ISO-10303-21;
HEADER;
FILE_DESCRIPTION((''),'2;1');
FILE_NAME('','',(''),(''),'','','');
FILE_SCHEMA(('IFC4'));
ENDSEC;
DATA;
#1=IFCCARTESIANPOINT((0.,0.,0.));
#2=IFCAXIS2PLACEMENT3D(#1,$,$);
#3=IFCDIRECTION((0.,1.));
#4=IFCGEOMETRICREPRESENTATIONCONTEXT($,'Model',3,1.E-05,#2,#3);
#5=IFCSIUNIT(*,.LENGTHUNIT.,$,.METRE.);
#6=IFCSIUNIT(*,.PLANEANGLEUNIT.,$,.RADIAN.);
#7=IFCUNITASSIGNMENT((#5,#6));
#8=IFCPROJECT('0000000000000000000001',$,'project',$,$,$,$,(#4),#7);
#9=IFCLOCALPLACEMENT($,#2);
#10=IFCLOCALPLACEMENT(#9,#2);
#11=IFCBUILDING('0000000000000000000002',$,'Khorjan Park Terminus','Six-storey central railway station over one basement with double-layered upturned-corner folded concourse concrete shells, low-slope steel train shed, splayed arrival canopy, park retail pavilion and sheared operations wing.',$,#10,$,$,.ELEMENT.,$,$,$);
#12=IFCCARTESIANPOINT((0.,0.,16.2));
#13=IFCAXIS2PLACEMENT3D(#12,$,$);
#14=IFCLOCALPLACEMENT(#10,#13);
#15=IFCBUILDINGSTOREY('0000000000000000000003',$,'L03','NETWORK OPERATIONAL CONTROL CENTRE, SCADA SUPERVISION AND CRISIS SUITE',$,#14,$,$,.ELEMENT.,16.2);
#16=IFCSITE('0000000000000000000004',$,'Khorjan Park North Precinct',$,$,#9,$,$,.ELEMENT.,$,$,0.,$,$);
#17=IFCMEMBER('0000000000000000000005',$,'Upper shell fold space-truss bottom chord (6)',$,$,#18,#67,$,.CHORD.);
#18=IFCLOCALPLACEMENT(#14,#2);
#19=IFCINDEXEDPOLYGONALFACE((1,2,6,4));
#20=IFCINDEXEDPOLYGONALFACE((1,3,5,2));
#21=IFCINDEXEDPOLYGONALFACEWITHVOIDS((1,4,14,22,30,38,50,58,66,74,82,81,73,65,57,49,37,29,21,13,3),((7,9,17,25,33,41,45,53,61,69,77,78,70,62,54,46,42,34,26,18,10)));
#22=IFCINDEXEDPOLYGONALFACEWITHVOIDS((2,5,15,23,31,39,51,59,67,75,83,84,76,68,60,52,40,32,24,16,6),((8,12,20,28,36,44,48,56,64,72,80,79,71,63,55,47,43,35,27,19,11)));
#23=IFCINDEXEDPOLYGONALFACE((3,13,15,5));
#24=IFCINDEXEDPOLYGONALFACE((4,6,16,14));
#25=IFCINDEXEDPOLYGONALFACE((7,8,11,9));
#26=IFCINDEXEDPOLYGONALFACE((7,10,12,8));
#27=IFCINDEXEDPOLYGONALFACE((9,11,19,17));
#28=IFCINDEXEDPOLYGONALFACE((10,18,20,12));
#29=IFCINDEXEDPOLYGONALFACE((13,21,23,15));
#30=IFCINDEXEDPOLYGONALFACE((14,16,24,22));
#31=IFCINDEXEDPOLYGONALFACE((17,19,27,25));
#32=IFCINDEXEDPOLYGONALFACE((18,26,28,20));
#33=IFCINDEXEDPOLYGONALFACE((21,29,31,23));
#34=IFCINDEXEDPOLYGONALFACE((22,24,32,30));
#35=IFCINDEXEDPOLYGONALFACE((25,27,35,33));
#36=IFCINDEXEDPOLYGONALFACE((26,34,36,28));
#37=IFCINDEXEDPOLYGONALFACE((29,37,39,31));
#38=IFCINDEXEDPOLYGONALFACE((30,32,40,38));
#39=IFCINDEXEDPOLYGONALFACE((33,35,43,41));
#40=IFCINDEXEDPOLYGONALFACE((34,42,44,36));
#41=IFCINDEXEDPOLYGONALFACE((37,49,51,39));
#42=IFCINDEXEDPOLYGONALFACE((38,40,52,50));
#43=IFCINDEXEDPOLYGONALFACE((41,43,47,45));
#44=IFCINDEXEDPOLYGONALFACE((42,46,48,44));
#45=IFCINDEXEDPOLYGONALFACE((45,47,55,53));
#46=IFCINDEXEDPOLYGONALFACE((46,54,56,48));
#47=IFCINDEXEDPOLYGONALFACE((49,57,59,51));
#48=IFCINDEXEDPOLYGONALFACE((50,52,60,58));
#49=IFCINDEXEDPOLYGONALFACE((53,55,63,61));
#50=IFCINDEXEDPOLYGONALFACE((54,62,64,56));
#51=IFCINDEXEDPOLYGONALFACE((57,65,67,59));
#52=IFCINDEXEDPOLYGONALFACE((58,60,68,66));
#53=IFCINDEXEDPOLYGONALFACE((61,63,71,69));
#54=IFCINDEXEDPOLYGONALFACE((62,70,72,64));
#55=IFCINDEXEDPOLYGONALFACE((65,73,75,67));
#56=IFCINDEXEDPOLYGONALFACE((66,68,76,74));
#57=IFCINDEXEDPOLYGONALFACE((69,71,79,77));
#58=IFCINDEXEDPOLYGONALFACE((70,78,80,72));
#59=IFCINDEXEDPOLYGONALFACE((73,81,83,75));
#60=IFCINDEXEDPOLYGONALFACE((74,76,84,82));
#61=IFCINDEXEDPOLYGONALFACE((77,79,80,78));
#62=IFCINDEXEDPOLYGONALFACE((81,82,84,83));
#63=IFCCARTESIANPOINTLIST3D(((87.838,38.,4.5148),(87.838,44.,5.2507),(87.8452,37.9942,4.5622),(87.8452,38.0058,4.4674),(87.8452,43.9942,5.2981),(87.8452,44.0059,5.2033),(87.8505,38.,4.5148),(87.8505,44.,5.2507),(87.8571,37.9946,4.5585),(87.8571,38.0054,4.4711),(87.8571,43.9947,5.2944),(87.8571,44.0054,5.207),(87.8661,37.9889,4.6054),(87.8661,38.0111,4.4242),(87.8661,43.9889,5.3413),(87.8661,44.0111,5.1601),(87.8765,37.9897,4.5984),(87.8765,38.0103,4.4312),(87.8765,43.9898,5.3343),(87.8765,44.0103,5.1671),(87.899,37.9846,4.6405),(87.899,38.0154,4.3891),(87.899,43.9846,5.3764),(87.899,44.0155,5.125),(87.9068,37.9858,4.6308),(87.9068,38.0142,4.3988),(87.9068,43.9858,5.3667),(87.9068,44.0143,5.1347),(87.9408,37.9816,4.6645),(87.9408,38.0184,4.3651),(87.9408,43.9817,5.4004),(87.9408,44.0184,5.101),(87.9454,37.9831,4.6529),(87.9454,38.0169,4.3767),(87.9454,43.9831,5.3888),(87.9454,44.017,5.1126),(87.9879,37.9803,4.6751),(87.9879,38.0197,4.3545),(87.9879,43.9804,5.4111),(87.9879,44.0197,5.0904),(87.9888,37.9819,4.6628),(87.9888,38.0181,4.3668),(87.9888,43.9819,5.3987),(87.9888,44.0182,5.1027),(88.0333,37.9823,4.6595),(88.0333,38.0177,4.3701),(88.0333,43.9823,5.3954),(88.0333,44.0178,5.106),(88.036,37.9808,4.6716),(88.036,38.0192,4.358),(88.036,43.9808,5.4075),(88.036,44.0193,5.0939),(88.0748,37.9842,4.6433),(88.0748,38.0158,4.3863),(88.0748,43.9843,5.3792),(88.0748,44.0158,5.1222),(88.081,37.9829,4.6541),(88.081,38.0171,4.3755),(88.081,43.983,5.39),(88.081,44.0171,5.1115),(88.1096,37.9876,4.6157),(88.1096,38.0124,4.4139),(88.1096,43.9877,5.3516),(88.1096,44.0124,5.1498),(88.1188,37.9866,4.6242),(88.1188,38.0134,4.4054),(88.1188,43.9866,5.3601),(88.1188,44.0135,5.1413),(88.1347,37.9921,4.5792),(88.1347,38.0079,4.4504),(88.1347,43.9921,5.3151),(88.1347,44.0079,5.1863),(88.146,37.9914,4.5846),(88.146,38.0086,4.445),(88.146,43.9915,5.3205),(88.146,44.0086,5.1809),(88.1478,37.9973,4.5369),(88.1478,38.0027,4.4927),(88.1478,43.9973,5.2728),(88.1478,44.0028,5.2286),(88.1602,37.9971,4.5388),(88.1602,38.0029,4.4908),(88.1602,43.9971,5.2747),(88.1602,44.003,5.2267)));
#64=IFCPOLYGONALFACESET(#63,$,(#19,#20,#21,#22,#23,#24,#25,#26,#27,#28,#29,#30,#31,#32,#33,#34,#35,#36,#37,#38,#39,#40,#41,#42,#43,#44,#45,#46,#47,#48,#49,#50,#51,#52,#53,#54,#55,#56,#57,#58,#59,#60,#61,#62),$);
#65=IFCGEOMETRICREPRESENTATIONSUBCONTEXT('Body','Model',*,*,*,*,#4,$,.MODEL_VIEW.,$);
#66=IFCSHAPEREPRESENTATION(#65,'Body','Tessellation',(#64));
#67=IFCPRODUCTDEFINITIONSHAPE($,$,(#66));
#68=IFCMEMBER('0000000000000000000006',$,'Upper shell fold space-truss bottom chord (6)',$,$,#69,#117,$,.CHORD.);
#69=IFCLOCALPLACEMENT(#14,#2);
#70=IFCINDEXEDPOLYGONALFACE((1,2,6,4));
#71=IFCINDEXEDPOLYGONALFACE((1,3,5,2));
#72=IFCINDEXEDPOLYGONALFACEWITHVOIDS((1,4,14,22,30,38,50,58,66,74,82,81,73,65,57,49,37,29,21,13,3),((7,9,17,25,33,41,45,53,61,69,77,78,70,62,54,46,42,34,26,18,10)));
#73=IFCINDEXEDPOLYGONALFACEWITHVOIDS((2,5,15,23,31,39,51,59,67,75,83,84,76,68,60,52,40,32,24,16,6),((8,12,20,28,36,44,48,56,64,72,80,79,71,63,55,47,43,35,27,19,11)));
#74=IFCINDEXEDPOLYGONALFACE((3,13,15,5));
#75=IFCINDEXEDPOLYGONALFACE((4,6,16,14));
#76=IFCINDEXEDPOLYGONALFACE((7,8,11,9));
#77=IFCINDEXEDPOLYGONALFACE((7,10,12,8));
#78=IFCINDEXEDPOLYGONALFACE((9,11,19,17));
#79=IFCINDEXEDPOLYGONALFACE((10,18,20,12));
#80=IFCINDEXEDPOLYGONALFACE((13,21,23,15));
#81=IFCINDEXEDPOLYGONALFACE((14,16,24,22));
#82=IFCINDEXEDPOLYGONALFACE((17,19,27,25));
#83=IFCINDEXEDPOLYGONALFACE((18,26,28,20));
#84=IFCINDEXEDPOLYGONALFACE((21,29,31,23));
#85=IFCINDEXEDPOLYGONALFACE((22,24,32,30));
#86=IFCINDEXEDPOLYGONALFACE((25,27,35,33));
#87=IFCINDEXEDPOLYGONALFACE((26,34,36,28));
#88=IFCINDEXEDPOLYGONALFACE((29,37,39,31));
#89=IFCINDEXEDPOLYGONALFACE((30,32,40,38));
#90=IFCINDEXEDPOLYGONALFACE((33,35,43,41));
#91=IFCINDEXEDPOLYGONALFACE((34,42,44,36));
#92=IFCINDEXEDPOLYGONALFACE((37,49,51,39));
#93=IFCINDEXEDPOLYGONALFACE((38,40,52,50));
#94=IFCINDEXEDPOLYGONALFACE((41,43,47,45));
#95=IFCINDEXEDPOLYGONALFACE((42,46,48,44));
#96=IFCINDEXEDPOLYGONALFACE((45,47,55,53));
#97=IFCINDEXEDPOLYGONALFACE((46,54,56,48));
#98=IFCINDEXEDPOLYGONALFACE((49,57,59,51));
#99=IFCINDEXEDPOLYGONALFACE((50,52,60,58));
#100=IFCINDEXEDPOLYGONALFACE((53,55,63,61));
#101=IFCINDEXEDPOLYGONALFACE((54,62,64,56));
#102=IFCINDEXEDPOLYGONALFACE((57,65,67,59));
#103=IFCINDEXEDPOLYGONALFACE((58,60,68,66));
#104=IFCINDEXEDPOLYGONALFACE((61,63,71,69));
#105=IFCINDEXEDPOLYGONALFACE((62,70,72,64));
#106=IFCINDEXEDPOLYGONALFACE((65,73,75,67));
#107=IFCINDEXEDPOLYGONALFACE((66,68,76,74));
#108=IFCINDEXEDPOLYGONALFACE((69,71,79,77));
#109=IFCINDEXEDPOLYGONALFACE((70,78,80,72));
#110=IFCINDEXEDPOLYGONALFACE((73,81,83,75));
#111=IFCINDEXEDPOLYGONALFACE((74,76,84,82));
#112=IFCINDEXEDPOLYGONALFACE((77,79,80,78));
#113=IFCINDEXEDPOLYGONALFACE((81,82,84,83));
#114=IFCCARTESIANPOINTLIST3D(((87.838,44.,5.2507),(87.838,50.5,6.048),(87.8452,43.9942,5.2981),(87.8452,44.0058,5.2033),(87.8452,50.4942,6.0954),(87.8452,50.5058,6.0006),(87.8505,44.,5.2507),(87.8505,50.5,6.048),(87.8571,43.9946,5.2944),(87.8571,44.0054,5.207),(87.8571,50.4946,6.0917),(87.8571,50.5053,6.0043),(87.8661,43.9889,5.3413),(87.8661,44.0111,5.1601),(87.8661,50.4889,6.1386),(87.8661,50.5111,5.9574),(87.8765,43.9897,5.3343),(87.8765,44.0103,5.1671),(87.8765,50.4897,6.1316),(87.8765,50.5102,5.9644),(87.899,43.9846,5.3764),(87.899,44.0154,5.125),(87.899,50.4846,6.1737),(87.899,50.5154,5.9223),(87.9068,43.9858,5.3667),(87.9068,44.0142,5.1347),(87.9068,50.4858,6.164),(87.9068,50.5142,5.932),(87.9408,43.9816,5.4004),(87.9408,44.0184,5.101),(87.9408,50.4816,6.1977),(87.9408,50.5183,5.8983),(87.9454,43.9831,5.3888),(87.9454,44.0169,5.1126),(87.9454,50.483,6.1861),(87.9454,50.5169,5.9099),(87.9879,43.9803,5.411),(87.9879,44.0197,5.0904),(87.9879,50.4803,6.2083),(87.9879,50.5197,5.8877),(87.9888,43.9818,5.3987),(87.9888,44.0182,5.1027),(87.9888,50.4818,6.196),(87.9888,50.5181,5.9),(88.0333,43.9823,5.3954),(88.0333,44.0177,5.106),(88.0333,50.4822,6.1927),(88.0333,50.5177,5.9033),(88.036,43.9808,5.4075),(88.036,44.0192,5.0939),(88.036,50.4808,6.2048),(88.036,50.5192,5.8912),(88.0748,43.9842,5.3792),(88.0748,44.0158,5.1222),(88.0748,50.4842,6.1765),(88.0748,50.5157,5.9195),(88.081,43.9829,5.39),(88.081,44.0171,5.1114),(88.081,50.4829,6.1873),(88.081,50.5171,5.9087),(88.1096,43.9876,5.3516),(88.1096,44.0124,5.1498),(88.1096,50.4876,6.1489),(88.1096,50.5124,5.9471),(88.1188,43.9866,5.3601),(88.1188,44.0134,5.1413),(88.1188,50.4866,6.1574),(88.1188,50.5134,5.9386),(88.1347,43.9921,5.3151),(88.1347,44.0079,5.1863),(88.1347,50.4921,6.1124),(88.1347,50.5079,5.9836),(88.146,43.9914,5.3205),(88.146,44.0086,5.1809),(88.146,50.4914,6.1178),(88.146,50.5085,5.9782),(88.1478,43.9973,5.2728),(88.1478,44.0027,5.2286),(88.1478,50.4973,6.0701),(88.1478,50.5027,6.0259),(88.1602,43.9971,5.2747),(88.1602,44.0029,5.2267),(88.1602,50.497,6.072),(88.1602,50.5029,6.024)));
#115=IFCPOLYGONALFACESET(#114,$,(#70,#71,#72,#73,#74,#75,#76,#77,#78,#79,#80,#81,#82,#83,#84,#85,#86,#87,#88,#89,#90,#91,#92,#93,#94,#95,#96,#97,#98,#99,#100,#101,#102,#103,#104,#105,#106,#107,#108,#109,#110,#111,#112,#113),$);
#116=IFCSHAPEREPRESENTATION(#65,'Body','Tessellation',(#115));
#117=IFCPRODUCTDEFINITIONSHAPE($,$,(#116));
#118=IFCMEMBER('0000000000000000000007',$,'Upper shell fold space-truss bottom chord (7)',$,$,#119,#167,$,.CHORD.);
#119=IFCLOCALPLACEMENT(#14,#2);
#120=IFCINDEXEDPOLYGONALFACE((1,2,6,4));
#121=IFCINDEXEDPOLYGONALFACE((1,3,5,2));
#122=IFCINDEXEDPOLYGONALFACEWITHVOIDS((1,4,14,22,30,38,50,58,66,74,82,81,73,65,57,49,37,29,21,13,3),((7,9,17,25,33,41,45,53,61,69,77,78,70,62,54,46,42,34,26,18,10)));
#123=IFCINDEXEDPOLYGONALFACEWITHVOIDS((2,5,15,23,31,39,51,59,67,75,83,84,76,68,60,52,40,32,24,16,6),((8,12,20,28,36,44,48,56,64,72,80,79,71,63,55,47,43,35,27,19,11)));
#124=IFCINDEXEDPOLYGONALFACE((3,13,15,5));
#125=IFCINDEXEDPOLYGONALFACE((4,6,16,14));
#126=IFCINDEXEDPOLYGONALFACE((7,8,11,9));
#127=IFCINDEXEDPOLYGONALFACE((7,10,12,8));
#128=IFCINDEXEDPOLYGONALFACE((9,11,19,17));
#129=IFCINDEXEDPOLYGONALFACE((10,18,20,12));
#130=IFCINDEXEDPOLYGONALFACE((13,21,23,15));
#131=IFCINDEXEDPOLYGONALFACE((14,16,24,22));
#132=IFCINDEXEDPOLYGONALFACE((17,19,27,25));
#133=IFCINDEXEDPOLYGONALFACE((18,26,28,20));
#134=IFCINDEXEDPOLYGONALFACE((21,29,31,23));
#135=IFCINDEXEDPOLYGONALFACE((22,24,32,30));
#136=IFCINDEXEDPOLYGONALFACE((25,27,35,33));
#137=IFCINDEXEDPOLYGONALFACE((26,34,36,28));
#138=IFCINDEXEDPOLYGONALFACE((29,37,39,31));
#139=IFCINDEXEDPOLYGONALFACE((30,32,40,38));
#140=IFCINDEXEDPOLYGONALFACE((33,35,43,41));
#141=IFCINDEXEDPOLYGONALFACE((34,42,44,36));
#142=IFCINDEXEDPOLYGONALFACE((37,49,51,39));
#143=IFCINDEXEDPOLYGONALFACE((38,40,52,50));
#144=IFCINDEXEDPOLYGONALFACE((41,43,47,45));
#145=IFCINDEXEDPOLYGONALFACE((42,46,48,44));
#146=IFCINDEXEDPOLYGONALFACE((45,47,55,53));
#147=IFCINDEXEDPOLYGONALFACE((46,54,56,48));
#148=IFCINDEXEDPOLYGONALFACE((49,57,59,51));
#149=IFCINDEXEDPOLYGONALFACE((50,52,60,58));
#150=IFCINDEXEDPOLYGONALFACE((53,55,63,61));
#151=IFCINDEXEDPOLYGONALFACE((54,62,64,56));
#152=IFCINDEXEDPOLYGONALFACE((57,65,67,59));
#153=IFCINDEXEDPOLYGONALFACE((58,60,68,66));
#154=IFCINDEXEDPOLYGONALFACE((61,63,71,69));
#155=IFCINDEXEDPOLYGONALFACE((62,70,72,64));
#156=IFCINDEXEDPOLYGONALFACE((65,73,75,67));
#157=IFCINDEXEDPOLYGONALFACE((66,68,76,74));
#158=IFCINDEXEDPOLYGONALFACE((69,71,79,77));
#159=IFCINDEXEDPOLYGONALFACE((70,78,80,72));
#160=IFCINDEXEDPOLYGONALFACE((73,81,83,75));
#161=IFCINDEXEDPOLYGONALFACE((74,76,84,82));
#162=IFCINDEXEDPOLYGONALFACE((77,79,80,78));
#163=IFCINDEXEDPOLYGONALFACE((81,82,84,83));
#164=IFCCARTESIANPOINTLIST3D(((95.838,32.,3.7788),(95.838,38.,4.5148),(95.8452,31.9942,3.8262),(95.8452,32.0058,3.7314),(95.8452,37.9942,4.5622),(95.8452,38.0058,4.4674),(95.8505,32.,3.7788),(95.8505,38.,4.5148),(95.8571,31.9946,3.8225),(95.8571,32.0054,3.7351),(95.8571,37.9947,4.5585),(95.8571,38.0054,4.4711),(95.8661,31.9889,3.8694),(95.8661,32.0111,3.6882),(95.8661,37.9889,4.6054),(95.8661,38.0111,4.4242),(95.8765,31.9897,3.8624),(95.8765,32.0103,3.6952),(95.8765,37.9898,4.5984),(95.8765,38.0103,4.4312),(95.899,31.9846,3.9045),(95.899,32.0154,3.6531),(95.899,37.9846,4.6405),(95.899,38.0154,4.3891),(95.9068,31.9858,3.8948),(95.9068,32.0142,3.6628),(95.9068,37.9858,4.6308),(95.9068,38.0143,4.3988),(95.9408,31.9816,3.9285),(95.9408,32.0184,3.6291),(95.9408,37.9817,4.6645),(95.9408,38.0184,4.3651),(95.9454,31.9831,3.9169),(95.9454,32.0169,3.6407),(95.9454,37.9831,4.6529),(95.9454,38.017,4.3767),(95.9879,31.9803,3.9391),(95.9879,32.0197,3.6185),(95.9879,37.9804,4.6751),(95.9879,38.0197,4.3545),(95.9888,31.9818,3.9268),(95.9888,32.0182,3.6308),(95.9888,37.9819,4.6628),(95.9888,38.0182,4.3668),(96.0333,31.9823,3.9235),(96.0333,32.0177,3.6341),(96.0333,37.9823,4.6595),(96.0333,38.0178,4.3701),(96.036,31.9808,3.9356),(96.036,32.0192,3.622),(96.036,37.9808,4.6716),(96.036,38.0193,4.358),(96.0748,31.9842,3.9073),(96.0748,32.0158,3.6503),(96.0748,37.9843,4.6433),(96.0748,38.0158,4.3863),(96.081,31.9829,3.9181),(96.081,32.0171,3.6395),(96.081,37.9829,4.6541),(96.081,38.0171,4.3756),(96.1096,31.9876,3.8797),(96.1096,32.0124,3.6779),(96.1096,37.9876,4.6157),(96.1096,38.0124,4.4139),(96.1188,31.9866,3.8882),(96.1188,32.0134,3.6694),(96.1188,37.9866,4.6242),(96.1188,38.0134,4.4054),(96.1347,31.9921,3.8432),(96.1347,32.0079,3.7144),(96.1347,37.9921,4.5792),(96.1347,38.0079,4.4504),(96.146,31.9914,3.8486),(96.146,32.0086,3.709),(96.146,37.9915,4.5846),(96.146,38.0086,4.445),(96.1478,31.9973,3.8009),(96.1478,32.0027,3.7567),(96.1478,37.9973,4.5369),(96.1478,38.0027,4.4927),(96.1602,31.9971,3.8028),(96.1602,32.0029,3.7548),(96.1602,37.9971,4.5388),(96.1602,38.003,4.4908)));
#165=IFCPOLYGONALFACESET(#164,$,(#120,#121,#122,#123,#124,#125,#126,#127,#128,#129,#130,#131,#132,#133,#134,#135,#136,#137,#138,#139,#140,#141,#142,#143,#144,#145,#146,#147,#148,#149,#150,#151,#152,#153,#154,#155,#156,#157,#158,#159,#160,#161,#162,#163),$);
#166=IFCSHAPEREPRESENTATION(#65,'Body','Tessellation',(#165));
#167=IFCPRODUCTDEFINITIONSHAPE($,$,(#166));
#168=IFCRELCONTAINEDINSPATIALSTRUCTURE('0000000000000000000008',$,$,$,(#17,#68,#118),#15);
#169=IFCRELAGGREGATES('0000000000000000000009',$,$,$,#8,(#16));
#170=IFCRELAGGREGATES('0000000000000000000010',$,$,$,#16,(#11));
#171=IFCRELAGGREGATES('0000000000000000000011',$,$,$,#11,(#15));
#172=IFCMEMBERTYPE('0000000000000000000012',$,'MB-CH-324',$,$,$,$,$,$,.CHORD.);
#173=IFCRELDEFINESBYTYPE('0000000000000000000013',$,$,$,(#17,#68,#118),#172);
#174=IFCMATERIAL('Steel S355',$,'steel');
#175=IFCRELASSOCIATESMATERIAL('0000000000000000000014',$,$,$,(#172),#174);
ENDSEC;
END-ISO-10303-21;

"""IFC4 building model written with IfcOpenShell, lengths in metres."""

from ifc_helpers import new_model, si_unit, direction, frame, origin, origin_2d, place, context, subcontext, project, spatial, hollow_circle, extrude, material, material_profile, profile_set, type_object, element, save


model = new_model("IFC4")

# Units and contexts
model_context = context("Model", 3, precision=1e-05, world=origin(), true_north=direction((0.0, 1.0)))
body_context = subcontext(model_context, "Body", "Model", "MODEL_VIEW")
ifc_project = project(units=[si_unit("LENGTHUNIT", "METRE"), si_unit("PLANEANGLEUNIT", "RADIAN")], contexts=[model_context])

# Site, building, storey
site_placement = place(None, origin())
site = spatial("IfcSite", under=ifc_project, at=site_placement, Name="Khorjan Park North Precinct", CompositionType="ELEMENT", RefElevation=0.0)
building_placement = place(site_placement, origin())
building = spatial("IfcBuilding", under=site, at=building_placement, Name="Khorjan Park Terminus", Description="Six-storey central railway station over one basement with double-layered upturned-corner folded concourse concrete shells, low-slope steel train shed, splayed arrival canopy, park retail pavilion and sheared operations wing.", CompositionType="ELEMENT")
storey_placement = place(building_placement, frame((0.0, 0.0, 16.2)))
storey = spatial("IfcBuildingStorey", under=building, at=storey_placement, Name="L03", Description="NETWORK OPERATIONAL CONTROL CENTRE, SCADA SUPERVISION AND CRISIS SUITE", CompositionType="ELEMENT", Elevation=16.2)

# Members
ifc_material_1 = material(Name="Steel S355", Category="steel")
ifc_material_profile_1 = material_profile(ifc_material_1, hollow_circle(Radius=0.162, WallThickness=0.0125, at=origin_2d()), Name="CHS 323.9x12.5")
ifc_profile_set_1 = profile_set([ifc_material_profile_1], Name="Steel S355")
member_type_1 = type_object("IfcMemberType", Name="MB-CH-324", PredefinedType="CHORD", material=ifc_profile_set_1)
for number, where, z_axis, x_axis, name in (
    (1, (88.0, 38.0, 4.5148), (0.0, 0.992562, 0.121738), (-1.0, 0.0, 0.0), "Upper shell fold space-truss bottom chord (6)"),
):
    element("IfcMember", number, at=place(storey_placement, frame(where, z_axis=z_axis, x_axis=x_axis)), inside=storey, type_object=member_type_1, Name=name, PredefinedType="CHORD", context=body_context, shape_type="SweptSolid", body=[
        extrude(hollow_circle(Radius=0.162, WallThickness=0.0125, at=origin_2d()), origin(), (0.0, 0.0, 1.0), 6.045),
    ])
member_1_placement = place(storey_placement, frame((88.0, 44.0, 5.2507), z_axis=(0.0, 0.992561, 0.121749), x_axis=(-1.0, 0.0, 0.0)))
element("IfcMember", 2, at=member_1_placement, inside=storey, type_object=member_type_1, Name="Upper shell fold space-truss bottom chord (6)", PredefinedType="CHORD", context=body_context, shape_type="SweptSolid", body=[
    extrude(hollow_circle(Radius=0.162, WallThickness=0.0125, at=origin_2d()), origin(), (0.0, 0.0, 1.0), 6.5487),
])
for number, where, z_axis, x_axis, name in (
    (3, (96.0, 32.0, 3.7788), (0.0, 0.99256, 0.121754), (-1.0, 0.0, 0.0), "Upper shell fold space-truss bottom chord (7)"),
):
    element("IfcMember", number, at=place(storey_placement, frame(where, z_axis=z_axis, x_axis=x_axis)), inside=storey, type_object=member_type_1, Name=name, PredefinedType="CHORD", context=body_context, shape_type="SweptSolid", body=[
        extrude(hollow_circle(Radius=0.162, WallThickness=0.0125, at=origin_2d()), origin(), (0.0, 0.0, 1.0), 6.045),
    ])

save(model, "model.ifc")
